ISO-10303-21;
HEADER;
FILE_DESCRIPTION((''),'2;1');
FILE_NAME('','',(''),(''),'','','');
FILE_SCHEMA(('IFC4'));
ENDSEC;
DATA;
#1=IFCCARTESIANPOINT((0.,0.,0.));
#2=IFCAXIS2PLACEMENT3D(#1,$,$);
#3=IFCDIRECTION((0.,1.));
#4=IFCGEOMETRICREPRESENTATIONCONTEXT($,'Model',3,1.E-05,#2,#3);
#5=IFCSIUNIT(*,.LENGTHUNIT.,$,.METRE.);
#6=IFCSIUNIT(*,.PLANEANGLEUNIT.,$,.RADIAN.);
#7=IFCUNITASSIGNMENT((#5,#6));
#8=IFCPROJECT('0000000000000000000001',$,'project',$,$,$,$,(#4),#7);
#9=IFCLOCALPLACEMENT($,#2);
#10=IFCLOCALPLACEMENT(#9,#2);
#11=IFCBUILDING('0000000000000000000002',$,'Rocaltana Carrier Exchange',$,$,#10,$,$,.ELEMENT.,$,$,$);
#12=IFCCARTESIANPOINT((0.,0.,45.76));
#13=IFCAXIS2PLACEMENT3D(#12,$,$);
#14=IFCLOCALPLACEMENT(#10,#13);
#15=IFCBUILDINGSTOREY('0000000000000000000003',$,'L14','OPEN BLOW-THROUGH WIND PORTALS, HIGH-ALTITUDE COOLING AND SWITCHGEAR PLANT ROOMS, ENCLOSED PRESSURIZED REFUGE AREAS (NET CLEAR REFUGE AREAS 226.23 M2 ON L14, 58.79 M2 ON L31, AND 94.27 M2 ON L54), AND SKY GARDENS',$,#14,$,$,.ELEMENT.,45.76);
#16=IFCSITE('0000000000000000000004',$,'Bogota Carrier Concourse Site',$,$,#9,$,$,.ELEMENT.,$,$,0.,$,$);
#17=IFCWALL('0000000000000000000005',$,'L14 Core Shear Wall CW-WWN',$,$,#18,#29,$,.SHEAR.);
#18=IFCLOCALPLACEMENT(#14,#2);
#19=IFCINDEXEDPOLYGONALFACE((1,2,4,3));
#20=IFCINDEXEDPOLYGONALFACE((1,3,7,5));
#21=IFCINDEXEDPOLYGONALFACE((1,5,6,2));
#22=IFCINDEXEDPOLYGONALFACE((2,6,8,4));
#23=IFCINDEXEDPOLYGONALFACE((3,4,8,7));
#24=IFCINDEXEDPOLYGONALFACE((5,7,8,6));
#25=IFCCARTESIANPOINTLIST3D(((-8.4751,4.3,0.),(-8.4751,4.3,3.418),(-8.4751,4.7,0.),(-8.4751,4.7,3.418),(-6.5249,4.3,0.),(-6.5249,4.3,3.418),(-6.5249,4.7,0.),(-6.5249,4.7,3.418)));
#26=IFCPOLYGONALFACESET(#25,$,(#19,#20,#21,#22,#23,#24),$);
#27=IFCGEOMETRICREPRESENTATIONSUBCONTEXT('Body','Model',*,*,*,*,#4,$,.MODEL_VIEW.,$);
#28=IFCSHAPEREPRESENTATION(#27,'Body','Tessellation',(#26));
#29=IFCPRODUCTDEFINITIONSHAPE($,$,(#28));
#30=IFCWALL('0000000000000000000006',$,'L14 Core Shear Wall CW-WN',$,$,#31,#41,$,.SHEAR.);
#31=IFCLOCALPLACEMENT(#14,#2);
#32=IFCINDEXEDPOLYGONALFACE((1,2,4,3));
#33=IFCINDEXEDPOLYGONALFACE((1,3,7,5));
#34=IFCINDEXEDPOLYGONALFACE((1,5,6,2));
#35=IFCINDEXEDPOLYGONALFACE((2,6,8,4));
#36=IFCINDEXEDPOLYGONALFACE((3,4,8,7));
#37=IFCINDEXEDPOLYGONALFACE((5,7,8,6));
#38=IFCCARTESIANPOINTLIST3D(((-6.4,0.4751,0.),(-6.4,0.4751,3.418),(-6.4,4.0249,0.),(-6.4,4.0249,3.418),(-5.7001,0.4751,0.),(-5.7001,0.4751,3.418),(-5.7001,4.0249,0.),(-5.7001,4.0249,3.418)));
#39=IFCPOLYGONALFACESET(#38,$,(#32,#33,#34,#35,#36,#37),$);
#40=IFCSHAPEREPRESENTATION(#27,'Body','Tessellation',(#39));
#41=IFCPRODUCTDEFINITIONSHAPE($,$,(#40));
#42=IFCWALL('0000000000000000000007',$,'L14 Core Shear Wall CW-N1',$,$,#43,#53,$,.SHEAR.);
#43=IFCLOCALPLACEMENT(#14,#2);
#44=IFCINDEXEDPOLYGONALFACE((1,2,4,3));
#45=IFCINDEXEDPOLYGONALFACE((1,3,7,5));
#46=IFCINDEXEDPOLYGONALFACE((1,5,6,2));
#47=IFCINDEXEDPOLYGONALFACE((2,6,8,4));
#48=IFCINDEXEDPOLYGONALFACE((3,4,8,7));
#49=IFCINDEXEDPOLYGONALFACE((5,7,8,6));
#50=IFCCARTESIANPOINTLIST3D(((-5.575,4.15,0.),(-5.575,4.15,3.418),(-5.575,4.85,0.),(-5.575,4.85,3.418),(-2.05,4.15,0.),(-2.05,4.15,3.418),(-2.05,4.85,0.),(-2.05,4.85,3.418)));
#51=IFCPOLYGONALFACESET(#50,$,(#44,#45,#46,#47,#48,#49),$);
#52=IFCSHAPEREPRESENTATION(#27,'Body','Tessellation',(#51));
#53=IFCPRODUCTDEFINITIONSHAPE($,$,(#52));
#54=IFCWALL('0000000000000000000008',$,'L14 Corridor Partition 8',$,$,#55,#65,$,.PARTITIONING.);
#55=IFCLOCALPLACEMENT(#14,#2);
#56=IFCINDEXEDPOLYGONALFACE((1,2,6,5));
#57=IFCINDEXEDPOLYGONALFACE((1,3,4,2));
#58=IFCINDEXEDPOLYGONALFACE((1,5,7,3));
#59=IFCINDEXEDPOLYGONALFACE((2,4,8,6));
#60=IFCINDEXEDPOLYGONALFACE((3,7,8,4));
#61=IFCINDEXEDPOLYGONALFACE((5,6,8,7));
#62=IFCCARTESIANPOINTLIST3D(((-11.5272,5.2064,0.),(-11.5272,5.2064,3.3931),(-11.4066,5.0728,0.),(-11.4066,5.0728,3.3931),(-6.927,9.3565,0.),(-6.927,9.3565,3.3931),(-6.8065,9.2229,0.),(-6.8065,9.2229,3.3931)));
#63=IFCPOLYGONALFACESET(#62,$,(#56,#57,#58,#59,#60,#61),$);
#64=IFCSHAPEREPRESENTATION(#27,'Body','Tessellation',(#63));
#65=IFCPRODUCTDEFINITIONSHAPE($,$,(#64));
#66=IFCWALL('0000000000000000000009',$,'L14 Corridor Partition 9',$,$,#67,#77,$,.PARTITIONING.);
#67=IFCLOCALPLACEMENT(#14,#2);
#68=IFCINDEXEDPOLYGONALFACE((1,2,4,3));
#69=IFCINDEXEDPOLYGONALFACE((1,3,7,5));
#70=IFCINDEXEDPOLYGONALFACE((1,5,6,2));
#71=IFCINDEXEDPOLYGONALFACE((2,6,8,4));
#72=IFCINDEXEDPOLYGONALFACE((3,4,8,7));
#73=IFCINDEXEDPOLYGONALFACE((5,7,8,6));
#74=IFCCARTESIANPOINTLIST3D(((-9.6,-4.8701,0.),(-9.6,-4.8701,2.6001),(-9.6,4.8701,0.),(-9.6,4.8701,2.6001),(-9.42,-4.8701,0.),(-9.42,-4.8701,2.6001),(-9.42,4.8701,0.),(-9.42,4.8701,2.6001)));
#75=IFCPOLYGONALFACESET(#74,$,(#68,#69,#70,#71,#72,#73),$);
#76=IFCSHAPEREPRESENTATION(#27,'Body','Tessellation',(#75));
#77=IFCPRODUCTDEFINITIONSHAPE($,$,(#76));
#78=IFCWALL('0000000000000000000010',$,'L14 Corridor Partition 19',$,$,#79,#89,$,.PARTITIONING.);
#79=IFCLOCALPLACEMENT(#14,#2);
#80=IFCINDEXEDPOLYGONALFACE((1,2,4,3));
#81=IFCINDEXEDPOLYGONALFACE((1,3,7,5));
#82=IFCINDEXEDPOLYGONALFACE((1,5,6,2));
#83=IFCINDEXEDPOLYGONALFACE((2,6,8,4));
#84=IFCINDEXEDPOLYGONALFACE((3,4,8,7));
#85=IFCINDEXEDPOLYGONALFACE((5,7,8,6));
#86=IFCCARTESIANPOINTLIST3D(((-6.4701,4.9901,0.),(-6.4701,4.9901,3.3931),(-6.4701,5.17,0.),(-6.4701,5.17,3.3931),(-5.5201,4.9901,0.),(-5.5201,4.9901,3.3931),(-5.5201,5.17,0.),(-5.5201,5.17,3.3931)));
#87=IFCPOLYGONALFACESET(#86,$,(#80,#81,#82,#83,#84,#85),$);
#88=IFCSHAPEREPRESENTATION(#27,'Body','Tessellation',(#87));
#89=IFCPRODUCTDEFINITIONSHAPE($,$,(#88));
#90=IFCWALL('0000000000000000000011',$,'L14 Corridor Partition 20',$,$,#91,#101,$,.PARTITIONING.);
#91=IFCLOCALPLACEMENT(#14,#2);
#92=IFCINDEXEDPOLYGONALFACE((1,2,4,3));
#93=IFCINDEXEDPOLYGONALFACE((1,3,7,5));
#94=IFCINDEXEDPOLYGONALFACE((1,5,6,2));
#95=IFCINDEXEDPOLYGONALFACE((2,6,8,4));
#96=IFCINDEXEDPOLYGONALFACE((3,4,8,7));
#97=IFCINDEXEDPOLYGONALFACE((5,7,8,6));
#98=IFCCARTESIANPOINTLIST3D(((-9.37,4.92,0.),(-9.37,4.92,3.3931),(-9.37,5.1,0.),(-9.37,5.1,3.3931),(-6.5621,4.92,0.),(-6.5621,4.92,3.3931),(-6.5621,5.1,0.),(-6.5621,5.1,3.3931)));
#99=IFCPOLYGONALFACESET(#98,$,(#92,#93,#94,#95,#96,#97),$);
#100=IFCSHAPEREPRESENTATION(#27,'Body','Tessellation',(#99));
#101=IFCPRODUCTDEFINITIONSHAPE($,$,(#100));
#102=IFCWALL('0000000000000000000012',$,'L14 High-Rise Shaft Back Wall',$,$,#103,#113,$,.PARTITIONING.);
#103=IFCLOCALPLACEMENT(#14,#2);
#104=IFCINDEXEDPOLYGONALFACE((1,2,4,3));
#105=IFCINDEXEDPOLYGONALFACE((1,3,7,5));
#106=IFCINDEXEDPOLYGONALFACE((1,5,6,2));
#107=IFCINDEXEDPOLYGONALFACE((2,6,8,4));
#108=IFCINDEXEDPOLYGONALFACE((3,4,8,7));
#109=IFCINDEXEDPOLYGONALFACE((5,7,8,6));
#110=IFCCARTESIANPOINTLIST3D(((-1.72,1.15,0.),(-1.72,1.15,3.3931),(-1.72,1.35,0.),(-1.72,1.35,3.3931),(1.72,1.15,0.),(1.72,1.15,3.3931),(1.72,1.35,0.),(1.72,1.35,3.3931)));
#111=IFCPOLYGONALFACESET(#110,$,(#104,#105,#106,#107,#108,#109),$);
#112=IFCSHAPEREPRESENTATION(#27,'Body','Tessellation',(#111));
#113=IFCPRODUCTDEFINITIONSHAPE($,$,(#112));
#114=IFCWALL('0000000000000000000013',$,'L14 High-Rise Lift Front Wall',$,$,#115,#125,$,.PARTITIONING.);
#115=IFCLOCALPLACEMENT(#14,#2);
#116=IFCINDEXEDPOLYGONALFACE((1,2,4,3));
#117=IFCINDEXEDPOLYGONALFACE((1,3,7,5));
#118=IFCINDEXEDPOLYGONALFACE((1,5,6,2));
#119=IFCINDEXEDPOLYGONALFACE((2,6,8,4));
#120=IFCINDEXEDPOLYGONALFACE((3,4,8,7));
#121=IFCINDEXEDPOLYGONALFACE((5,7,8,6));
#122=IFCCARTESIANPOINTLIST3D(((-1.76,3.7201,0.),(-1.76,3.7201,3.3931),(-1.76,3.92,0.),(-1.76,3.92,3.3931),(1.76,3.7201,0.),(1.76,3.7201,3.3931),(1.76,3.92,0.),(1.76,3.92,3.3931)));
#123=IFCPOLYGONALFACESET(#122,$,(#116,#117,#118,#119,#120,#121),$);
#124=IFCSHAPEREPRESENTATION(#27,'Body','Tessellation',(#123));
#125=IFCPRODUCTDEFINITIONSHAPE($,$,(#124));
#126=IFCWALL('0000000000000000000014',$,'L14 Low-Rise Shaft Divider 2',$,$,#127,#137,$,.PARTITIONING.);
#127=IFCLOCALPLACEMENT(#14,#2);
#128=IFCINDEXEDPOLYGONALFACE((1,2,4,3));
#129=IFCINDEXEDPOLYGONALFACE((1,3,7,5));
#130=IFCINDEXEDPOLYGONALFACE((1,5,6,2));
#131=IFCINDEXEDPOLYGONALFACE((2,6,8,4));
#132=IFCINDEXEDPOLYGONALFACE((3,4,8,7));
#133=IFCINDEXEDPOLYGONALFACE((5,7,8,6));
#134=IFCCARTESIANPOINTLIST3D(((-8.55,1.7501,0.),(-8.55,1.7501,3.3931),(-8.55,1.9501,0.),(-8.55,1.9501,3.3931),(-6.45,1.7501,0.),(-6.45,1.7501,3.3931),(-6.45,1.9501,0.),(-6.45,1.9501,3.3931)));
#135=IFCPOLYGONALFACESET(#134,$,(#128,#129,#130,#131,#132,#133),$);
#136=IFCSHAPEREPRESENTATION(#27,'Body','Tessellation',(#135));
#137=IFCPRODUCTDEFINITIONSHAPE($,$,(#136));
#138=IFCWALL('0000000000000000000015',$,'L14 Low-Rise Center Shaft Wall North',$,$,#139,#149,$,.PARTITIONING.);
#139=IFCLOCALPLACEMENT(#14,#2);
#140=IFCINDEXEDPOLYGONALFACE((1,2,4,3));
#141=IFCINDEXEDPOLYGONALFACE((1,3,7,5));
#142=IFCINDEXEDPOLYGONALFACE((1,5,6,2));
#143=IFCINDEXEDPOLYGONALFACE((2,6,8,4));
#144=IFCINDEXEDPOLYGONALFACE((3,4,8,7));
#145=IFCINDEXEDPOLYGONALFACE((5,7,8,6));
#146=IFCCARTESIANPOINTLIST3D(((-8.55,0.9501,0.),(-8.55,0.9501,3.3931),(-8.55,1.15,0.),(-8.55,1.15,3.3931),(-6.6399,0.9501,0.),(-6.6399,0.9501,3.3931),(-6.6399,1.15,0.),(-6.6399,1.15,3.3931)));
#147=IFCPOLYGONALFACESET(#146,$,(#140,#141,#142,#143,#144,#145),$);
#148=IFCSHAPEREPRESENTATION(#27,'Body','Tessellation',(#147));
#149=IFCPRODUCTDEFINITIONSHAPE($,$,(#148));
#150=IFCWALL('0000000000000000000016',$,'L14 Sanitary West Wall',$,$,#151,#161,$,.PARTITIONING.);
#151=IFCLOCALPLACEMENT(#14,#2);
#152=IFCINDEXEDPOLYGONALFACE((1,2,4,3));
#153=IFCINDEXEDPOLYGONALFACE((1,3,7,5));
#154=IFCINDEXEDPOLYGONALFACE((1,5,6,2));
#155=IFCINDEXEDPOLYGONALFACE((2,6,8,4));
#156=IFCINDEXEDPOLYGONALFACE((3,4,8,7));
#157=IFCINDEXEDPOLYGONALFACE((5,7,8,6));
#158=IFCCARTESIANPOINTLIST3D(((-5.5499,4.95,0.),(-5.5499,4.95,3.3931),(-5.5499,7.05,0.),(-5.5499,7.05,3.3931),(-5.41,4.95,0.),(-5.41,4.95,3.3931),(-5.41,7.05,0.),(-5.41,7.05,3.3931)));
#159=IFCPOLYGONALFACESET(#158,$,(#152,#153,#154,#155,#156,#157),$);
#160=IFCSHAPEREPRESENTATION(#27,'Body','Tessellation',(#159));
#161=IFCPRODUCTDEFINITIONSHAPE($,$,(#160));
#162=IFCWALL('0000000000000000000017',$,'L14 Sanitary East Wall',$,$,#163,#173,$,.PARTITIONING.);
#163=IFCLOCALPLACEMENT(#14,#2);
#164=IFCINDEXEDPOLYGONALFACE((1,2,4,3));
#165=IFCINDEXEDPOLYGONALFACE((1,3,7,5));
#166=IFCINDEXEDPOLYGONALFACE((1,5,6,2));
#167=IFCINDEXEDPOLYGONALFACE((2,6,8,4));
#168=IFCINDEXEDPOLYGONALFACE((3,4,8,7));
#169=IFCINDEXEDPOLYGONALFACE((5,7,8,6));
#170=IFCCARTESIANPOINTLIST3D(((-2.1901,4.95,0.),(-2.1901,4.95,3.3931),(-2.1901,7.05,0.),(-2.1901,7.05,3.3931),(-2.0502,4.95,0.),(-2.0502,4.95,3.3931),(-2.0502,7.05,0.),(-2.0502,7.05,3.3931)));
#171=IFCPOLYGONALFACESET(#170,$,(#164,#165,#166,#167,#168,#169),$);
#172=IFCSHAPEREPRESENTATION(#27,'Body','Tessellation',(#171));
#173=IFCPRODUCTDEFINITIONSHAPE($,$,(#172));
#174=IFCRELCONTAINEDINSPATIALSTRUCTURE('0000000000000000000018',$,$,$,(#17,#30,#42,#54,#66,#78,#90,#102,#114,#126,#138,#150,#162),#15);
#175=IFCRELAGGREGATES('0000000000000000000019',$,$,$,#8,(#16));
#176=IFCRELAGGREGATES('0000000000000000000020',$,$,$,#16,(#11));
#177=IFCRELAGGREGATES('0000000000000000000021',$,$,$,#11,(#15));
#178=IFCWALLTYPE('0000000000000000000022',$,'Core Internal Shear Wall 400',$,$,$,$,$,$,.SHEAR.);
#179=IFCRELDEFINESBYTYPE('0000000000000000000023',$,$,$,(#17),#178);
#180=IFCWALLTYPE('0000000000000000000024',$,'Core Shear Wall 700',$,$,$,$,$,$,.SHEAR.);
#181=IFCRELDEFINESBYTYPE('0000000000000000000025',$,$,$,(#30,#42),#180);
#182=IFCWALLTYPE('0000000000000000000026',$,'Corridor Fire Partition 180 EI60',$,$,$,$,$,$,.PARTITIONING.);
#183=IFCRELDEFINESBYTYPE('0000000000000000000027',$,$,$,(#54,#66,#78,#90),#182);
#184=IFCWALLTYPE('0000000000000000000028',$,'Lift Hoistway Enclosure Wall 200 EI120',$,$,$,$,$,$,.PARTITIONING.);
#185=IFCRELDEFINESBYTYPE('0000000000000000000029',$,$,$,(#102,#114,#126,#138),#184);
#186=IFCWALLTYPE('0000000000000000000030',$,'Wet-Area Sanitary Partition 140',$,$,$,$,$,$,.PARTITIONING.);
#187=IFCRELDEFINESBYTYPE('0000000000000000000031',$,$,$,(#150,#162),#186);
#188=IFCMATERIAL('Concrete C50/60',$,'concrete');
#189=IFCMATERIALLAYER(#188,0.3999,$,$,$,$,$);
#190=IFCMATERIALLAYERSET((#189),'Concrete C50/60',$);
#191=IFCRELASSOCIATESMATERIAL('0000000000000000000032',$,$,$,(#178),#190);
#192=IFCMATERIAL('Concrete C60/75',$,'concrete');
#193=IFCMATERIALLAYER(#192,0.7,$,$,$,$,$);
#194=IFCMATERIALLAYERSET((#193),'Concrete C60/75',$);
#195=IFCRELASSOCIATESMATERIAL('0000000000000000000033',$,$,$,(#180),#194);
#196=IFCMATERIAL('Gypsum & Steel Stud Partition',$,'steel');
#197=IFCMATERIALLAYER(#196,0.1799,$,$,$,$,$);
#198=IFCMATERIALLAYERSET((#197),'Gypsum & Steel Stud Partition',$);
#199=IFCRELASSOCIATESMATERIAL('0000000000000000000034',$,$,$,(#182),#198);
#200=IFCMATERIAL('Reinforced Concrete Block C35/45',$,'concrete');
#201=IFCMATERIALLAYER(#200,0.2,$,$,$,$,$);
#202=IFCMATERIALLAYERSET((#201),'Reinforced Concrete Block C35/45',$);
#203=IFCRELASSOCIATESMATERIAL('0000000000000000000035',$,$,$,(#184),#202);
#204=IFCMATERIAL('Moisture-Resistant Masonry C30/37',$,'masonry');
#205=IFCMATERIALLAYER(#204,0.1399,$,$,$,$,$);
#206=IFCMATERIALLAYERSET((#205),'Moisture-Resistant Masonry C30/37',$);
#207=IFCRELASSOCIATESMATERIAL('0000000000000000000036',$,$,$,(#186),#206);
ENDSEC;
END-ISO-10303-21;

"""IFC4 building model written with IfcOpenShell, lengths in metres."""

from ifc_helpers import new_model, si_unit, direction, frame, frame_2d, origin, place, context, subcontext, project, spatial, rectangle, extrude, material, layer, layer_set, type_object, element, save


model = new_model("IFC4")

# Units and contexts
model_context = context("Model", 3, precision=1e-05, world=origin(), true_north=direction((0.0, 1.0)))
body_context = subcontext(model_context, "Body", "Model", "MODEL_VIEW")
ifc_project = project(units=[si_unit("LENGTHUNIT", "METRE"), si_unit("PLANEANGLEUNIT", "RADIAN")], contexts=[model_context])

# Site, building, storey
site_placement = place(None, origin())
site = spatial("IfcSite", under=ifc_project, at=site_placement, Name="Bogota Carrier Concourse Site", CompositionType="ELEMENT", RefElevation=0.0)
building_placement = place(site_placement, origin())
building = spatial("IfcBuilding", under=site, at=building_placement, Name="Rocaltana Carrier Exchange", CompositionType="ELEMENT")
storey_placement = place(building_placement, frame((0.0, 0.0, 45.76)))
storey = spatial("IfcBuildingStorey", under=building, at=storey_placement, Name="L14", Description="OPEN BLOW-THROUGH WIND PORTALS, HIGH-ALTITUDE COOLING AND SWITCHGEAR PLANT ROOMS, ENCLOSED PRESSURIZED REFUGE AREAS (NET CLEAR REFUGE AREAS 226.23 M2 ON L14, 58.79 M2 ON L31, AND 94.27 M2 ON L54), AND SKY GARDENS", CompositionType="ELEMENT", Elevation=45.76)

# Walls
ifc_material_1 = material(Name="Concrete C50/60", Category="concrete")
ifc_layer_1 = layer(ifc_material_1, 0.3999)
ifc_layer_set_1 = layer_set([ifc_layer_1], Name="Concrete C50/60")
wall_type_1 = type_object("IfcWallType", Name="Core Internal Shear Wall 400", PredefinedType="SHEAR", material=ifc_layer_set_1)
wall_1_placement = place(storey_placement, frame((-8.4751, 4.5, 0.0), z_axis=(0.0, 0.0, 1.0), x_axis=(1.0, 0.0, 0.0)))
element("IfcWall", 1, at=wall_1_placement, inside=storey, type_object=wall_type_1, Name="L14 Core Shear Wall CW-WWN", PredefinedType="SHEAR", context=body_context, shape_type="SweptSolid", body=[
    extrude(rectangle(XDim=1.9502, YDim=0.3999, at=frame_2d((0.9751, 0.0))), origin(), (0.0, 0.0, 1.0), 3.418),
])
ifc_material_2 = material(Name="Concrete C60/75", Category="concrete")
ifc_layer_2 = layer(ifc_material_2, 0.7)
ifc_layer_set_2 = layer_set([ifc_layer_2], Name="Concrete C60/75")
wall_type_2 = type_object("IfcWallType", Name="Core Shear Wall 700", PredefinedType="SHEAR", material=ifc_layer_set_2)
wall_2_placement = place(storey_placement, frame((-6.05, 0.4751, 0.0), z_axis=(0.0, 0.0, 1.0), x_axis=(0.0, 1.0, 0.0)))
element("IfcWall", 2, at=wall_2_placement, inside=storey, type_object=wall_type_2, Name="L14 Core Shear Wall CW-WN", PredefinedType="SHEAR", context=body_context, shape_type="SweptSolid", body=[
    extrude(rectangle(XDim=3.5498, YDim=0.7, at=frame_2d((1.7749, 0.0))), origin(), (0.0, 0.0, 1.0), 3.418),
])
wall_3_placement = place(storey_placement, frame((-5.575, 4.5, 0.0), z_axis=(0.0, 0.0, 1.0), x_axis=(1.0, 0.0, 0.0)))
element("IfcWall", 3, at=wall_3_placement, inside=storey, type_object=wall_type_2, Name="L14 Core Shear Wall CW-N1", PredefinedType="SHEAR", context=body_context, shape_type="SweptSolid", body=[
    extrude(rectangle(XDim=3.5249, YDim=0.7, at=frame_2d((1.7625, 0.0))), origin(), (0.0, 0.0, 1.0), 3.418),
])
ifc_material_3 = material(Name="Gypsum & Steel Stud Partition", Category="steel")
ifc_layer_3 = layer(ifc_material_3, 0.1799)
ifc_layer_set_3 = layer_set([ifc_layer_3], Name="Gypsum & Steel Stud Partition")
wall_type_3 = type_object("IfcWallType", Name="Corridor Fire Partition 180 EI60", PredefinedType="PARTITIONING", material=ifc_layer_set_3)
wall_4_placement = place(storey_placement, frame((-11.4668, 5.1396, 0.0), z_axis=(0.0, 0.0, 1.0), x_axis=(0.742486, 0.669861, 0.0)))
element("IfcWall", 4, at=wall_4_placement, inside=storey, type_object=wall_type_3, Name="L14 Corridor Partition 8", PredefinedType="PARTITIONING", context=body_context, shape_type="SweptSolid", body=[
    extrude(rectangle(XDim=6.1956, YDim=0.1799, at=frame_2d((3.0977, 0.0))), origin(), (0.0, 0.0, 1.0), 3.3931),
])
wall_5_placement = place(storey_placement, frame((-9.51, 4.8701, 0.0), z_axis=(0.0, 0.0, 1.0), x_axis=(0.0, -1.0, 0.0)))
element("IfcWall", 5, at=wall_5_placement, inside=storey, type_object=wall_type_3, Name="L14 Corridor Partition 9", PredefinedType="PARTITIONING", context=body_context, shape_type="SweptSolid", body=[
    extrude(rectangle(XDim=9.7402, YDim=0.1799, at=frame_2d((4.8701, 0.0))), origin(), (0.0, 0.0, 1.0), 2.6001),
])
wall_6_placement = place(storey_placement, frame((-5.52, 5.0801, 0.0), z_axis=(0.0, 0.0, 1.0), x_axis=(-1.0, 0.0, 0.0)))
element("IfcWall", 6, at=wall_6_placement, inside=storey, type_object=wall_type_3, Name="L14 Corridor Partition 19", PredefinedType="PARTITIONING", context=body_context, shape_type="SweptSolid", body=[
    extrude(rectangle(XDim=0.95, YDim=0.1799, at=frame_2d((0.4751, 0.0))), origin(), (0.0, 0.0, 1.0), 3.3931),
])
wall_7_placement = place(storey_placement, frame((-6.5623, 5.01, 0.0), z_axis=(0.0, 0.0, 1.0), x_axis=(-1.0, 0.0, 0.0)))
element("IfcWall", 7, at=wall_7_placement, inside=storey, type_object=wall_type_3, Name="L14 Corridor Partition 20", PredefinedType="PARTITIONING", context=body_context, shape_type="SweptSolid", body=[
    extrude(rectangle(XDim=2.8079, YDim=0.1799, at=frame_2d((1.4038, 0.0))), origin(), (0.0, 0.0, 1.0), 3.3931),
])
ifc_material_4 = material(Name="Reinforced Concrete Block C35/45", Category="concrete")
ifc_layer_4 = layer(ifc_material_4, 0.2)
ifc_layer_set_4 = layer_set([ifc_layer_4], Name="Reinforced Concrete Block C35/45")
wall_type_4 = type_object("IfcWallType", Name="Lift Hoistway Enclosure Wall 200 EI120", PredefinedType="PARTITIONING", material=ifc_layer_set_4)
wall_8_placement = place(storey_placement, frame((-1.72, 1.25, 0.0), z_axis=(0.0, 0.0, 1.0), x_axis=(1.0, 0.0, 0.0)))
element("IfcWall", 8, at=wall_8_placement, inside=storey, type_object=wall_type_4, Name="L14 High-Rise Shaft Back Wall", PredefinedType="PARTITIONING", context=body_context, shape_type="SweptSolid", body=[
    extrude(rectangle(XDim=3.4399, YDim=0.2, at=frame_2d((1.72, 0.0))), origin(), (0.0, 0.0, 1.0), 3.3931),
])
wall_9_placement = place(storey_placement, frame((-1.76, 3.8201, 0.0), z_axis=(0.0, 0.0, 1.0), x_axis=(1.0, 0.0, 0.0)))
element("IfcWall", 9, at=wall_9_placement, inside=storey, type_object=wall_type_4, Name="L14 High-Rise Lift Front Wall", PredefinedType="PARTITIONING", context=body_context, shape_type="SweptSolid", body=[
    extrude(rectangle(XDim=3.52, YDim=0.2, at=frame_2d((1.76, 0.0))), origin(), (0.0, 0.0, 1.0), 3.3931),
])
wall_10_placement = place(storey_placement, frame((-8.55, 1.8501, 0.0), z_axis=(0.0, 0.0, 1.0), x_axis=(1.0, 0.0, 0.0)))
element("IfcWall", 10, at=wall_10_placement, inside=storey, type_object=wall_type_4, Name="L14 Low-Rise Shaft Divider 2", PredefinedType="PARTITIONING", context=body_context, shape_type="SweptSolid", body=[
    extrude(rectangle(XDim=2.1001, YDim=0.2, at=frame_2d((1.05, 0.0))), origin(), (0.0, 0.0, 1.0), 3.3931),
])
wall_11_placement = place(storey_placement, frame((-8.55, 1.05, 0.0), z_axis=(0.0, 0.0, 1.0), x_axis=(1.0, 0.0, 0.0)))
element("IfcWall", 11, at=wall_11_placement, inside=storey, type_object=wall_type_4, Name="L14 Low-Rise Center Shaft Wall North", PredefinedType="PARTITIONING", context=body_context, shape_type="SweptSolid", body=[
    extrude(rectangle(XDim=1.9102, YDim=0.2, at=frame_2d((0.9551, 0.0))), origin(), (0.0, 0.0, 1.0), 3.3931),
])
ifc_material_5 = material(Name="Moisture-Resistant Masonry C30/37", Category="masonry")
ifc_layer_5 = layer(ifc_material_5, 0.1399)
ifc_layer_set_5 = layer_set([ifc_layer_5], Name="Moisture-Resistant Masonry C30/37")
wall_type_5 = type_object("IfcWallType", Name="Wet-Area Sanitary Partition 140", PredefinedType="PARTITIONING", material=ifc_layer_set_5)
for number, where, z_axis, x_axis, name in (
    (12, (-5.48, 4.95, 0.0), (0.0, 0.0, 1.0), (0.0, 1.0, 0.0), "L14 Sanitary West Wall"),
    (13, (-2.1201, 4.95, 0.0), (0.0, 0.0, 1.0), (0.0, 1.0, 0.0), "L14 Sanitary East Wall"),
):
    element("IfcWall", number, at=place(storey_placement, frame(where, z_axis=z_axis, x_axis=x_axis)), inside=storey, type_object=wall_type_5, Name=name, PredefinedType="PARTITIONING", context=body_context, shape_type="SweptSolid", body=[
        extrude(rectangle(XDim=2.1001, YDim=0.1399, at=frame_2d((1.05, 0.0))), origin(), (0.0, 0.0, 1.0), 3.3931),
    ])

save(model, "model.ifc")
